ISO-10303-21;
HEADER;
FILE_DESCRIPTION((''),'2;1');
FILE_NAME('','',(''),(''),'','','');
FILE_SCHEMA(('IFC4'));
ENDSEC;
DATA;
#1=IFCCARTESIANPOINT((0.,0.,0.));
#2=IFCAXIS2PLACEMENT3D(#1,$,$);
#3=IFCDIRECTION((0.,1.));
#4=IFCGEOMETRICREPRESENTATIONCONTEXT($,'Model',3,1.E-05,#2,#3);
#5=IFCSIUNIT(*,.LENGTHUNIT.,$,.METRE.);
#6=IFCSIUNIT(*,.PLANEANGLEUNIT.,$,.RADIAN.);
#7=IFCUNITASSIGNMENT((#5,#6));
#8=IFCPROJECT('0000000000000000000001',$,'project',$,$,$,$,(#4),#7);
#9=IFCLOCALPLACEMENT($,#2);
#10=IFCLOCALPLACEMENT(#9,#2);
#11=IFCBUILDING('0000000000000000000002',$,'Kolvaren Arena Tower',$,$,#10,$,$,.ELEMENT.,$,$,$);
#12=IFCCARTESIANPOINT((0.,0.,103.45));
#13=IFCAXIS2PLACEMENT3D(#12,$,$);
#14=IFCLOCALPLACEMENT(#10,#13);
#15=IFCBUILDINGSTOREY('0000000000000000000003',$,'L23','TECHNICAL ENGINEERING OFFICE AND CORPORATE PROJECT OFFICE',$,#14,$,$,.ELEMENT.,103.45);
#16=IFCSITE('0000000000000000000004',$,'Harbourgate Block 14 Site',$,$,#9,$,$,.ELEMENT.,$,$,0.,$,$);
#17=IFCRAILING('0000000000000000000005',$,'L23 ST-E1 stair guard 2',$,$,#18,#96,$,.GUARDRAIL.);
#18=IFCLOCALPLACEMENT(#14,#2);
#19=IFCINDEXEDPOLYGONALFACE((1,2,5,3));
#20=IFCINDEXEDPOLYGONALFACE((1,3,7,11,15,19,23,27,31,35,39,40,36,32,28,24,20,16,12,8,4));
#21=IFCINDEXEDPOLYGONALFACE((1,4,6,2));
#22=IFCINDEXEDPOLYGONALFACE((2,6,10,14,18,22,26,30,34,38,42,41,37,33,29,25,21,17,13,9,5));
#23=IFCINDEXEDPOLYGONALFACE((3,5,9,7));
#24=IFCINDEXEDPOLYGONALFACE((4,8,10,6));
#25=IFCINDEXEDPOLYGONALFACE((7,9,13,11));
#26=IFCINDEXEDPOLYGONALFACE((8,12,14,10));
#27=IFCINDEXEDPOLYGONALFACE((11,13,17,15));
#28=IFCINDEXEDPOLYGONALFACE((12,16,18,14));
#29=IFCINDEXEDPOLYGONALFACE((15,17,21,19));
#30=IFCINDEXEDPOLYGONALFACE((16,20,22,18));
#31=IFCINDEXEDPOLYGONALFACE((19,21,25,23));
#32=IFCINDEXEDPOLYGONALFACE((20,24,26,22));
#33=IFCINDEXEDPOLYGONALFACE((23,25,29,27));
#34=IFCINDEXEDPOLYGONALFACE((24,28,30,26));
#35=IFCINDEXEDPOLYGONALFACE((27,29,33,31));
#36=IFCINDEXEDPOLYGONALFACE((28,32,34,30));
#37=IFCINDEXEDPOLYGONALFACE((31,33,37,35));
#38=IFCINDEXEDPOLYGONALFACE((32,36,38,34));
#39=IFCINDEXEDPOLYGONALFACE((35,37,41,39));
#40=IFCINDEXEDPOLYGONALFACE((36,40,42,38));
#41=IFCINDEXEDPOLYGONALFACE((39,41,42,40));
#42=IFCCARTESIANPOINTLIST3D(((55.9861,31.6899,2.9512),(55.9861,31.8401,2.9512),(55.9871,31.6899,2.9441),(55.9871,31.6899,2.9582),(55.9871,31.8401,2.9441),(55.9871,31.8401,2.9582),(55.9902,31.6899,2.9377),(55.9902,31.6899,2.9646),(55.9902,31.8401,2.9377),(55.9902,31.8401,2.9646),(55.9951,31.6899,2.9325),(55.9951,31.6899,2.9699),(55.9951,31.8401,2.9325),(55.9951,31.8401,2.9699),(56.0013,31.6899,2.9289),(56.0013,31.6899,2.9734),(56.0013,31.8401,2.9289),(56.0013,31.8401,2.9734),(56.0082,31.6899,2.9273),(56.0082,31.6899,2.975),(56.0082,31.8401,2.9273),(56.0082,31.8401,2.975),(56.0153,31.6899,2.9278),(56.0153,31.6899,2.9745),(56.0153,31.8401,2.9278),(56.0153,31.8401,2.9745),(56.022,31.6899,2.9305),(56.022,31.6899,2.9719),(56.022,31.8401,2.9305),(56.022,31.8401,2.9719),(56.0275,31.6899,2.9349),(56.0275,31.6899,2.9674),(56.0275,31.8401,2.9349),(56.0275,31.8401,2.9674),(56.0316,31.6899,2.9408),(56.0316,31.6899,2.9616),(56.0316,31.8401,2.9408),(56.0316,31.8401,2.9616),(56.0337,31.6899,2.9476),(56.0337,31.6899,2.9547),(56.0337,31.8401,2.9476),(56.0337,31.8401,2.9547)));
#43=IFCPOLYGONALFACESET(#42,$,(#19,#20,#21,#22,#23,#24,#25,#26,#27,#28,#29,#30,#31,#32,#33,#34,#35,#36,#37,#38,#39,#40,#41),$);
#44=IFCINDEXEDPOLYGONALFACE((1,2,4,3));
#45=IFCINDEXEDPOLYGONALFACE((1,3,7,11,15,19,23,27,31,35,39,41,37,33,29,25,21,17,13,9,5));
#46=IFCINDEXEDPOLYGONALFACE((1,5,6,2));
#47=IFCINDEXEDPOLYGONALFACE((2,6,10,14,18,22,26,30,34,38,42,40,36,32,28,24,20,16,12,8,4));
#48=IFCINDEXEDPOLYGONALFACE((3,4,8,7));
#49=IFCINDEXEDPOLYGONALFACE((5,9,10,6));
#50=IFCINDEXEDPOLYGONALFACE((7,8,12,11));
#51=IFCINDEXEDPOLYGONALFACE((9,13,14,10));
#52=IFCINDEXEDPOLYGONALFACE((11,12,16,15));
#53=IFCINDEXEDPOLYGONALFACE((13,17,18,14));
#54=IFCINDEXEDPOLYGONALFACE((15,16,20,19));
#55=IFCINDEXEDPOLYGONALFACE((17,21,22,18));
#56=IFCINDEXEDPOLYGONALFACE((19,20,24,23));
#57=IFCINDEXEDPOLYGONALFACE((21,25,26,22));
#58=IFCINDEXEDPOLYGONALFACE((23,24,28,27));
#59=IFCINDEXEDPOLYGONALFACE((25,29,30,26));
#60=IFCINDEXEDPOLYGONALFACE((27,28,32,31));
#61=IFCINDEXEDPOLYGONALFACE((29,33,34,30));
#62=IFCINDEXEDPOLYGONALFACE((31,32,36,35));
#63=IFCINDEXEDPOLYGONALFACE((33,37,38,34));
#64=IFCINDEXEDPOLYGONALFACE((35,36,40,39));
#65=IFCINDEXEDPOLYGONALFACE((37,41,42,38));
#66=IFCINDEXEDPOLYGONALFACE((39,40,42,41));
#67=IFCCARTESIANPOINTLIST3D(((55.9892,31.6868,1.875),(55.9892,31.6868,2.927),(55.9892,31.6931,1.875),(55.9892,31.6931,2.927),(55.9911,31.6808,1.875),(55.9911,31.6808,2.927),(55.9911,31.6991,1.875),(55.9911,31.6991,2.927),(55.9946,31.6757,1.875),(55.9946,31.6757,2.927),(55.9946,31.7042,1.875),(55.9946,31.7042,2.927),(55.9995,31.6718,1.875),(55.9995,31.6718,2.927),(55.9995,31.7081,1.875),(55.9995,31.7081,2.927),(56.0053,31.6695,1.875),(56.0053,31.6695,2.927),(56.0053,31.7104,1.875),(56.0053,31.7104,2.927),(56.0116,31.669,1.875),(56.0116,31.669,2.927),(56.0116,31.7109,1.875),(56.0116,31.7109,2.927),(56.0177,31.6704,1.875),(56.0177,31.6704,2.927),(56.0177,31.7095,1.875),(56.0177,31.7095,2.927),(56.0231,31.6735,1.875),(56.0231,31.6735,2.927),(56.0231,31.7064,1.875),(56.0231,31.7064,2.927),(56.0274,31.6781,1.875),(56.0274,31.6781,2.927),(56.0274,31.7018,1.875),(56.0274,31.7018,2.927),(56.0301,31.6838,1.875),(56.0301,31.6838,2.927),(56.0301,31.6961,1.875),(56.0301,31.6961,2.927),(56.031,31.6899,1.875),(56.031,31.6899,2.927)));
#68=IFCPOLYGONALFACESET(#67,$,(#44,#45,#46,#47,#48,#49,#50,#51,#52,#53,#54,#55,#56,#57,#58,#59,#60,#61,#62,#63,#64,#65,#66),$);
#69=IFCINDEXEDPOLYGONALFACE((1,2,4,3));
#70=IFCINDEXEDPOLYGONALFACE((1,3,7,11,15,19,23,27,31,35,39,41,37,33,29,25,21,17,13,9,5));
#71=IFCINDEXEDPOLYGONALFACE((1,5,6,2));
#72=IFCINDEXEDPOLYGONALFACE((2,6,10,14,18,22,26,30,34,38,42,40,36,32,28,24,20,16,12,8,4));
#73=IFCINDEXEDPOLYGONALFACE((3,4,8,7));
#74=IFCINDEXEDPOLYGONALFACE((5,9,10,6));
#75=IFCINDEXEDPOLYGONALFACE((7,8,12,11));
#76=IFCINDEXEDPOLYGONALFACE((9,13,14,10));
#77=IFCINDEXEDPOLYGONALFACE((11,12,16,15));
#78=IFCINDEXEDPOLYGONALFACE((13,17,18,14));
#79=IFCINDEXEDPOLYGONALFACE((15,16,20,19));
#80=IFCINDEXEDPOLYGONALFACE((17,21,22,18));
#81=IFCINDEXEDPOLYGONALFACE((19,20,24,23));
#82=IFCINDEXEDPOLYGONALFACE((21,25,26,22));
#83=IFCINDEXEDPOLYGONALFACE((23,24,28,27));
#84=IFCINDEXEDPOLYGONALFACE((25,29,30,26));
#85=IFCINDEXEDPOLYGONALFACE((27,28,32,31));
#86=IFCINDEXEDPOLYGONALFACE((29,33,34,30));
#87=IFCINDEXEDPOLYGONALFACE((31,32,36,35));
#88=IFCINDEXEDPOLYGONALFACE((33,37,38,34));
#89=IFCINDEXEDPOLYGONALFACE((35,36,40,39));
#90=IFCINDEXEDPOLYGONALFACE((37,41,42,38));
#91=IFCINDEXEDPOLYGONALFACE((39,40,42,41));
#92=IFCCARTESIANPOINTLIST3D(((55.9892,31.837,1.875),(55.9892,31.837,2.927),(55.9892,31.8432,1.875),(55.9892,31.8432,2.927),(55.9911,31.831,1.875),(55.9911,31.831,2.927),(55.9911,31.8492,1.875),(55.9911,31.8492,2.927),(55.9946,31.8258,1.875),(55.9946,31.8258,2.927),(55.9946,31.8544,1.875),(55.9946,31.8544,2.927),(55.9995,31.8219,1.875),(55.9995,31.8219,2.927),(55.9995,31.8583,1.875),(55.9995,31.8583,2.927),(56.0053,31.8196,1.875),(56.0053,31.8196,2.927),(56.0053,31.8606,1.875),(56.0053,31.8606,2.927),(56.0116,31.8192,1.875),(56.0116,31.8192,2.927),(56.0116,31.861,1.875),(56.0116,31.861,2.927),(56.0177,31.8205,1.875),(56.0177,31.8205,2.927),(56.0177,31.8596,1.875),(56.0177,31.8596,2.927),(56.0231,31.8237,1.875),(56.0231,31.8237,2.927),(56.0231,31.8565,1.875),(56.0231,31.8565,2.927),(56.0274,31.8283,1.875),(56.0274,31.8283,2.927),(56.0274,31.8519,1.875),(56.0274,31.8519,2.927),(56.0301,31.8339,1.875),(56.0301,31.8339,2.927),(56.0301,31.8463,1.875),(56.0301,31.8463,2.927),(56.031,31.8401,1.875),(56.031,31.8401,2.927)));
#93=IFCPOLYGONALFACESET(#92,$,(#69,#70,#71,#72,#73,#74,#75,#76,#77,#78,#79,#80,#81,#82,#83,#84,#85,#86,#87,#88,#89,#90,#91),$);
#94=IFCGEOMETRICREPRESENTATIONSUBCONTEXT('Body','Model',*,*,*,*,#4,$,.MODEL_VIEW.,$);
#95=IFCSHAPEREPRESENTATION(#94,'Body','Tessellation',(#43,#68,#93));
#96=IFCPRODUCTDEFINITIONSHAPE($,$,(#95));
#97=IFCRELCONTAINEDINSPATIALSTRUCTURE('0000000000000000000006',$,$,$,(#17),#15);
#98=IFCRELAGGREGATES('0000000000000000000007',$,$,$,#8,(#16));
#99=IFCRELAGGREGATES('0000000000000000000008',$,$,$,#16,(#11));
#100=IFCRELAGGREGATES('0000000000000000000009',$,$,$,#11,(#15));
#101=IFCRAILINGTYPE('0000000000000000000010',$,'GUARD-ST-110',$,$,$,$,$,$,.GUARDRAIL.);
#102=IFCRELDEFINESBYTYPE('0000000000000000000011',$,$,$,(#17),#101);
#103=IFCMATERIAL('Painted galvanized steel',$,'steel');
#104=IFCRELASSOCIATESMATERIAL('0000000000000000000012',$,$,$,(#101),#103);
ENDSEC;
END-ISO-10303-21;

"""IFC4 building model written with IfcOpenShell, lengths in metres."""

from ifc_helpers import new_model, si_unit, direction, frame, origin, origin_2d, place, context, subcontext, project, spatial, circle, extrude, material, type_object, element, save


model = new_model("IFC4")

# Units and contexts
model_context = context("Model", 3, precision=1e-05, world=origin(), true_north=direction((0.0, 1.0)))
body_context = subcontext(model_context, "Body", "Model", "MODEL_VIEW")
ifc_project = project(units=[si_unit("LENGTHUNIT", "METRE"), si_unit("PLANEANGLEUNIT", "RADIAN")], contexts=[model_context])

# Site, building, storey
site_placement = place(None, origin())
site = spatial("IfcSite", under=ifc_project, at=site_placement, Name="Harbourgate Block 14 Site", CompositionType="ELEMENT", RefElevation=0.0)
building_placement = place(site_placement, origin())
building = spatial("IfcBuilding", under=site, at=building_placement, Name="Kolvaren Arena Tower", CompositionType="ELEMENT")
storey_placement = place(building_placement, frame((0.0, 0.0, 103.45)))
storey = spatial("IfcBuildingStorey", under=building, at=storey_placement, Name="L23", Description="TECHNICAL ENGINEERING OFFICE AND CORPORATE PROJECT OFFICE", CompositionType="ELEMENT", Elevation=103.45)

# Railing
ifc_material_1 = material(Name="Painted galvanized steel", Category="steel")
railing_type_1 = type_object("IfcRailingType", Name="GUARD-ST-110", PredefinedType="GUARDRAIL", material=ifc_material_1)
railing_1_placement = place(storey_placement, frame((56.01, 31.6899, 1.875)))
element("IfcRailing", 1, at=railing_1_placement, inside=storey, type_object=railing_type_1, Name="L23 ST-E1 stair guard 2", PredefinedType="GUARDRAIL", context=body_context, shape_type="SweptSolid", body=[
    extrude(circle(Radius=0.0239, at=origin_2d()), frame((0.0, 0.0, 1.0762), z_axis=(0.0, 1.0, 0.0), x_axis=(-1.0, 0.0, 0.0)), (0.0, 0.0, 1.0), 0.1501),
    extrude(circle(Radius=0.021, at=origin_2d()), origin(), (0.0, 0.0, 1.0), 1.052),
    extrude(circle(Radius=0.021, at=origin_2d()), frame((0.0, 0.1501, 0.0)), (0.0, 0.0, 1.0), 1.052),
])

save(model, "model.ifc")
